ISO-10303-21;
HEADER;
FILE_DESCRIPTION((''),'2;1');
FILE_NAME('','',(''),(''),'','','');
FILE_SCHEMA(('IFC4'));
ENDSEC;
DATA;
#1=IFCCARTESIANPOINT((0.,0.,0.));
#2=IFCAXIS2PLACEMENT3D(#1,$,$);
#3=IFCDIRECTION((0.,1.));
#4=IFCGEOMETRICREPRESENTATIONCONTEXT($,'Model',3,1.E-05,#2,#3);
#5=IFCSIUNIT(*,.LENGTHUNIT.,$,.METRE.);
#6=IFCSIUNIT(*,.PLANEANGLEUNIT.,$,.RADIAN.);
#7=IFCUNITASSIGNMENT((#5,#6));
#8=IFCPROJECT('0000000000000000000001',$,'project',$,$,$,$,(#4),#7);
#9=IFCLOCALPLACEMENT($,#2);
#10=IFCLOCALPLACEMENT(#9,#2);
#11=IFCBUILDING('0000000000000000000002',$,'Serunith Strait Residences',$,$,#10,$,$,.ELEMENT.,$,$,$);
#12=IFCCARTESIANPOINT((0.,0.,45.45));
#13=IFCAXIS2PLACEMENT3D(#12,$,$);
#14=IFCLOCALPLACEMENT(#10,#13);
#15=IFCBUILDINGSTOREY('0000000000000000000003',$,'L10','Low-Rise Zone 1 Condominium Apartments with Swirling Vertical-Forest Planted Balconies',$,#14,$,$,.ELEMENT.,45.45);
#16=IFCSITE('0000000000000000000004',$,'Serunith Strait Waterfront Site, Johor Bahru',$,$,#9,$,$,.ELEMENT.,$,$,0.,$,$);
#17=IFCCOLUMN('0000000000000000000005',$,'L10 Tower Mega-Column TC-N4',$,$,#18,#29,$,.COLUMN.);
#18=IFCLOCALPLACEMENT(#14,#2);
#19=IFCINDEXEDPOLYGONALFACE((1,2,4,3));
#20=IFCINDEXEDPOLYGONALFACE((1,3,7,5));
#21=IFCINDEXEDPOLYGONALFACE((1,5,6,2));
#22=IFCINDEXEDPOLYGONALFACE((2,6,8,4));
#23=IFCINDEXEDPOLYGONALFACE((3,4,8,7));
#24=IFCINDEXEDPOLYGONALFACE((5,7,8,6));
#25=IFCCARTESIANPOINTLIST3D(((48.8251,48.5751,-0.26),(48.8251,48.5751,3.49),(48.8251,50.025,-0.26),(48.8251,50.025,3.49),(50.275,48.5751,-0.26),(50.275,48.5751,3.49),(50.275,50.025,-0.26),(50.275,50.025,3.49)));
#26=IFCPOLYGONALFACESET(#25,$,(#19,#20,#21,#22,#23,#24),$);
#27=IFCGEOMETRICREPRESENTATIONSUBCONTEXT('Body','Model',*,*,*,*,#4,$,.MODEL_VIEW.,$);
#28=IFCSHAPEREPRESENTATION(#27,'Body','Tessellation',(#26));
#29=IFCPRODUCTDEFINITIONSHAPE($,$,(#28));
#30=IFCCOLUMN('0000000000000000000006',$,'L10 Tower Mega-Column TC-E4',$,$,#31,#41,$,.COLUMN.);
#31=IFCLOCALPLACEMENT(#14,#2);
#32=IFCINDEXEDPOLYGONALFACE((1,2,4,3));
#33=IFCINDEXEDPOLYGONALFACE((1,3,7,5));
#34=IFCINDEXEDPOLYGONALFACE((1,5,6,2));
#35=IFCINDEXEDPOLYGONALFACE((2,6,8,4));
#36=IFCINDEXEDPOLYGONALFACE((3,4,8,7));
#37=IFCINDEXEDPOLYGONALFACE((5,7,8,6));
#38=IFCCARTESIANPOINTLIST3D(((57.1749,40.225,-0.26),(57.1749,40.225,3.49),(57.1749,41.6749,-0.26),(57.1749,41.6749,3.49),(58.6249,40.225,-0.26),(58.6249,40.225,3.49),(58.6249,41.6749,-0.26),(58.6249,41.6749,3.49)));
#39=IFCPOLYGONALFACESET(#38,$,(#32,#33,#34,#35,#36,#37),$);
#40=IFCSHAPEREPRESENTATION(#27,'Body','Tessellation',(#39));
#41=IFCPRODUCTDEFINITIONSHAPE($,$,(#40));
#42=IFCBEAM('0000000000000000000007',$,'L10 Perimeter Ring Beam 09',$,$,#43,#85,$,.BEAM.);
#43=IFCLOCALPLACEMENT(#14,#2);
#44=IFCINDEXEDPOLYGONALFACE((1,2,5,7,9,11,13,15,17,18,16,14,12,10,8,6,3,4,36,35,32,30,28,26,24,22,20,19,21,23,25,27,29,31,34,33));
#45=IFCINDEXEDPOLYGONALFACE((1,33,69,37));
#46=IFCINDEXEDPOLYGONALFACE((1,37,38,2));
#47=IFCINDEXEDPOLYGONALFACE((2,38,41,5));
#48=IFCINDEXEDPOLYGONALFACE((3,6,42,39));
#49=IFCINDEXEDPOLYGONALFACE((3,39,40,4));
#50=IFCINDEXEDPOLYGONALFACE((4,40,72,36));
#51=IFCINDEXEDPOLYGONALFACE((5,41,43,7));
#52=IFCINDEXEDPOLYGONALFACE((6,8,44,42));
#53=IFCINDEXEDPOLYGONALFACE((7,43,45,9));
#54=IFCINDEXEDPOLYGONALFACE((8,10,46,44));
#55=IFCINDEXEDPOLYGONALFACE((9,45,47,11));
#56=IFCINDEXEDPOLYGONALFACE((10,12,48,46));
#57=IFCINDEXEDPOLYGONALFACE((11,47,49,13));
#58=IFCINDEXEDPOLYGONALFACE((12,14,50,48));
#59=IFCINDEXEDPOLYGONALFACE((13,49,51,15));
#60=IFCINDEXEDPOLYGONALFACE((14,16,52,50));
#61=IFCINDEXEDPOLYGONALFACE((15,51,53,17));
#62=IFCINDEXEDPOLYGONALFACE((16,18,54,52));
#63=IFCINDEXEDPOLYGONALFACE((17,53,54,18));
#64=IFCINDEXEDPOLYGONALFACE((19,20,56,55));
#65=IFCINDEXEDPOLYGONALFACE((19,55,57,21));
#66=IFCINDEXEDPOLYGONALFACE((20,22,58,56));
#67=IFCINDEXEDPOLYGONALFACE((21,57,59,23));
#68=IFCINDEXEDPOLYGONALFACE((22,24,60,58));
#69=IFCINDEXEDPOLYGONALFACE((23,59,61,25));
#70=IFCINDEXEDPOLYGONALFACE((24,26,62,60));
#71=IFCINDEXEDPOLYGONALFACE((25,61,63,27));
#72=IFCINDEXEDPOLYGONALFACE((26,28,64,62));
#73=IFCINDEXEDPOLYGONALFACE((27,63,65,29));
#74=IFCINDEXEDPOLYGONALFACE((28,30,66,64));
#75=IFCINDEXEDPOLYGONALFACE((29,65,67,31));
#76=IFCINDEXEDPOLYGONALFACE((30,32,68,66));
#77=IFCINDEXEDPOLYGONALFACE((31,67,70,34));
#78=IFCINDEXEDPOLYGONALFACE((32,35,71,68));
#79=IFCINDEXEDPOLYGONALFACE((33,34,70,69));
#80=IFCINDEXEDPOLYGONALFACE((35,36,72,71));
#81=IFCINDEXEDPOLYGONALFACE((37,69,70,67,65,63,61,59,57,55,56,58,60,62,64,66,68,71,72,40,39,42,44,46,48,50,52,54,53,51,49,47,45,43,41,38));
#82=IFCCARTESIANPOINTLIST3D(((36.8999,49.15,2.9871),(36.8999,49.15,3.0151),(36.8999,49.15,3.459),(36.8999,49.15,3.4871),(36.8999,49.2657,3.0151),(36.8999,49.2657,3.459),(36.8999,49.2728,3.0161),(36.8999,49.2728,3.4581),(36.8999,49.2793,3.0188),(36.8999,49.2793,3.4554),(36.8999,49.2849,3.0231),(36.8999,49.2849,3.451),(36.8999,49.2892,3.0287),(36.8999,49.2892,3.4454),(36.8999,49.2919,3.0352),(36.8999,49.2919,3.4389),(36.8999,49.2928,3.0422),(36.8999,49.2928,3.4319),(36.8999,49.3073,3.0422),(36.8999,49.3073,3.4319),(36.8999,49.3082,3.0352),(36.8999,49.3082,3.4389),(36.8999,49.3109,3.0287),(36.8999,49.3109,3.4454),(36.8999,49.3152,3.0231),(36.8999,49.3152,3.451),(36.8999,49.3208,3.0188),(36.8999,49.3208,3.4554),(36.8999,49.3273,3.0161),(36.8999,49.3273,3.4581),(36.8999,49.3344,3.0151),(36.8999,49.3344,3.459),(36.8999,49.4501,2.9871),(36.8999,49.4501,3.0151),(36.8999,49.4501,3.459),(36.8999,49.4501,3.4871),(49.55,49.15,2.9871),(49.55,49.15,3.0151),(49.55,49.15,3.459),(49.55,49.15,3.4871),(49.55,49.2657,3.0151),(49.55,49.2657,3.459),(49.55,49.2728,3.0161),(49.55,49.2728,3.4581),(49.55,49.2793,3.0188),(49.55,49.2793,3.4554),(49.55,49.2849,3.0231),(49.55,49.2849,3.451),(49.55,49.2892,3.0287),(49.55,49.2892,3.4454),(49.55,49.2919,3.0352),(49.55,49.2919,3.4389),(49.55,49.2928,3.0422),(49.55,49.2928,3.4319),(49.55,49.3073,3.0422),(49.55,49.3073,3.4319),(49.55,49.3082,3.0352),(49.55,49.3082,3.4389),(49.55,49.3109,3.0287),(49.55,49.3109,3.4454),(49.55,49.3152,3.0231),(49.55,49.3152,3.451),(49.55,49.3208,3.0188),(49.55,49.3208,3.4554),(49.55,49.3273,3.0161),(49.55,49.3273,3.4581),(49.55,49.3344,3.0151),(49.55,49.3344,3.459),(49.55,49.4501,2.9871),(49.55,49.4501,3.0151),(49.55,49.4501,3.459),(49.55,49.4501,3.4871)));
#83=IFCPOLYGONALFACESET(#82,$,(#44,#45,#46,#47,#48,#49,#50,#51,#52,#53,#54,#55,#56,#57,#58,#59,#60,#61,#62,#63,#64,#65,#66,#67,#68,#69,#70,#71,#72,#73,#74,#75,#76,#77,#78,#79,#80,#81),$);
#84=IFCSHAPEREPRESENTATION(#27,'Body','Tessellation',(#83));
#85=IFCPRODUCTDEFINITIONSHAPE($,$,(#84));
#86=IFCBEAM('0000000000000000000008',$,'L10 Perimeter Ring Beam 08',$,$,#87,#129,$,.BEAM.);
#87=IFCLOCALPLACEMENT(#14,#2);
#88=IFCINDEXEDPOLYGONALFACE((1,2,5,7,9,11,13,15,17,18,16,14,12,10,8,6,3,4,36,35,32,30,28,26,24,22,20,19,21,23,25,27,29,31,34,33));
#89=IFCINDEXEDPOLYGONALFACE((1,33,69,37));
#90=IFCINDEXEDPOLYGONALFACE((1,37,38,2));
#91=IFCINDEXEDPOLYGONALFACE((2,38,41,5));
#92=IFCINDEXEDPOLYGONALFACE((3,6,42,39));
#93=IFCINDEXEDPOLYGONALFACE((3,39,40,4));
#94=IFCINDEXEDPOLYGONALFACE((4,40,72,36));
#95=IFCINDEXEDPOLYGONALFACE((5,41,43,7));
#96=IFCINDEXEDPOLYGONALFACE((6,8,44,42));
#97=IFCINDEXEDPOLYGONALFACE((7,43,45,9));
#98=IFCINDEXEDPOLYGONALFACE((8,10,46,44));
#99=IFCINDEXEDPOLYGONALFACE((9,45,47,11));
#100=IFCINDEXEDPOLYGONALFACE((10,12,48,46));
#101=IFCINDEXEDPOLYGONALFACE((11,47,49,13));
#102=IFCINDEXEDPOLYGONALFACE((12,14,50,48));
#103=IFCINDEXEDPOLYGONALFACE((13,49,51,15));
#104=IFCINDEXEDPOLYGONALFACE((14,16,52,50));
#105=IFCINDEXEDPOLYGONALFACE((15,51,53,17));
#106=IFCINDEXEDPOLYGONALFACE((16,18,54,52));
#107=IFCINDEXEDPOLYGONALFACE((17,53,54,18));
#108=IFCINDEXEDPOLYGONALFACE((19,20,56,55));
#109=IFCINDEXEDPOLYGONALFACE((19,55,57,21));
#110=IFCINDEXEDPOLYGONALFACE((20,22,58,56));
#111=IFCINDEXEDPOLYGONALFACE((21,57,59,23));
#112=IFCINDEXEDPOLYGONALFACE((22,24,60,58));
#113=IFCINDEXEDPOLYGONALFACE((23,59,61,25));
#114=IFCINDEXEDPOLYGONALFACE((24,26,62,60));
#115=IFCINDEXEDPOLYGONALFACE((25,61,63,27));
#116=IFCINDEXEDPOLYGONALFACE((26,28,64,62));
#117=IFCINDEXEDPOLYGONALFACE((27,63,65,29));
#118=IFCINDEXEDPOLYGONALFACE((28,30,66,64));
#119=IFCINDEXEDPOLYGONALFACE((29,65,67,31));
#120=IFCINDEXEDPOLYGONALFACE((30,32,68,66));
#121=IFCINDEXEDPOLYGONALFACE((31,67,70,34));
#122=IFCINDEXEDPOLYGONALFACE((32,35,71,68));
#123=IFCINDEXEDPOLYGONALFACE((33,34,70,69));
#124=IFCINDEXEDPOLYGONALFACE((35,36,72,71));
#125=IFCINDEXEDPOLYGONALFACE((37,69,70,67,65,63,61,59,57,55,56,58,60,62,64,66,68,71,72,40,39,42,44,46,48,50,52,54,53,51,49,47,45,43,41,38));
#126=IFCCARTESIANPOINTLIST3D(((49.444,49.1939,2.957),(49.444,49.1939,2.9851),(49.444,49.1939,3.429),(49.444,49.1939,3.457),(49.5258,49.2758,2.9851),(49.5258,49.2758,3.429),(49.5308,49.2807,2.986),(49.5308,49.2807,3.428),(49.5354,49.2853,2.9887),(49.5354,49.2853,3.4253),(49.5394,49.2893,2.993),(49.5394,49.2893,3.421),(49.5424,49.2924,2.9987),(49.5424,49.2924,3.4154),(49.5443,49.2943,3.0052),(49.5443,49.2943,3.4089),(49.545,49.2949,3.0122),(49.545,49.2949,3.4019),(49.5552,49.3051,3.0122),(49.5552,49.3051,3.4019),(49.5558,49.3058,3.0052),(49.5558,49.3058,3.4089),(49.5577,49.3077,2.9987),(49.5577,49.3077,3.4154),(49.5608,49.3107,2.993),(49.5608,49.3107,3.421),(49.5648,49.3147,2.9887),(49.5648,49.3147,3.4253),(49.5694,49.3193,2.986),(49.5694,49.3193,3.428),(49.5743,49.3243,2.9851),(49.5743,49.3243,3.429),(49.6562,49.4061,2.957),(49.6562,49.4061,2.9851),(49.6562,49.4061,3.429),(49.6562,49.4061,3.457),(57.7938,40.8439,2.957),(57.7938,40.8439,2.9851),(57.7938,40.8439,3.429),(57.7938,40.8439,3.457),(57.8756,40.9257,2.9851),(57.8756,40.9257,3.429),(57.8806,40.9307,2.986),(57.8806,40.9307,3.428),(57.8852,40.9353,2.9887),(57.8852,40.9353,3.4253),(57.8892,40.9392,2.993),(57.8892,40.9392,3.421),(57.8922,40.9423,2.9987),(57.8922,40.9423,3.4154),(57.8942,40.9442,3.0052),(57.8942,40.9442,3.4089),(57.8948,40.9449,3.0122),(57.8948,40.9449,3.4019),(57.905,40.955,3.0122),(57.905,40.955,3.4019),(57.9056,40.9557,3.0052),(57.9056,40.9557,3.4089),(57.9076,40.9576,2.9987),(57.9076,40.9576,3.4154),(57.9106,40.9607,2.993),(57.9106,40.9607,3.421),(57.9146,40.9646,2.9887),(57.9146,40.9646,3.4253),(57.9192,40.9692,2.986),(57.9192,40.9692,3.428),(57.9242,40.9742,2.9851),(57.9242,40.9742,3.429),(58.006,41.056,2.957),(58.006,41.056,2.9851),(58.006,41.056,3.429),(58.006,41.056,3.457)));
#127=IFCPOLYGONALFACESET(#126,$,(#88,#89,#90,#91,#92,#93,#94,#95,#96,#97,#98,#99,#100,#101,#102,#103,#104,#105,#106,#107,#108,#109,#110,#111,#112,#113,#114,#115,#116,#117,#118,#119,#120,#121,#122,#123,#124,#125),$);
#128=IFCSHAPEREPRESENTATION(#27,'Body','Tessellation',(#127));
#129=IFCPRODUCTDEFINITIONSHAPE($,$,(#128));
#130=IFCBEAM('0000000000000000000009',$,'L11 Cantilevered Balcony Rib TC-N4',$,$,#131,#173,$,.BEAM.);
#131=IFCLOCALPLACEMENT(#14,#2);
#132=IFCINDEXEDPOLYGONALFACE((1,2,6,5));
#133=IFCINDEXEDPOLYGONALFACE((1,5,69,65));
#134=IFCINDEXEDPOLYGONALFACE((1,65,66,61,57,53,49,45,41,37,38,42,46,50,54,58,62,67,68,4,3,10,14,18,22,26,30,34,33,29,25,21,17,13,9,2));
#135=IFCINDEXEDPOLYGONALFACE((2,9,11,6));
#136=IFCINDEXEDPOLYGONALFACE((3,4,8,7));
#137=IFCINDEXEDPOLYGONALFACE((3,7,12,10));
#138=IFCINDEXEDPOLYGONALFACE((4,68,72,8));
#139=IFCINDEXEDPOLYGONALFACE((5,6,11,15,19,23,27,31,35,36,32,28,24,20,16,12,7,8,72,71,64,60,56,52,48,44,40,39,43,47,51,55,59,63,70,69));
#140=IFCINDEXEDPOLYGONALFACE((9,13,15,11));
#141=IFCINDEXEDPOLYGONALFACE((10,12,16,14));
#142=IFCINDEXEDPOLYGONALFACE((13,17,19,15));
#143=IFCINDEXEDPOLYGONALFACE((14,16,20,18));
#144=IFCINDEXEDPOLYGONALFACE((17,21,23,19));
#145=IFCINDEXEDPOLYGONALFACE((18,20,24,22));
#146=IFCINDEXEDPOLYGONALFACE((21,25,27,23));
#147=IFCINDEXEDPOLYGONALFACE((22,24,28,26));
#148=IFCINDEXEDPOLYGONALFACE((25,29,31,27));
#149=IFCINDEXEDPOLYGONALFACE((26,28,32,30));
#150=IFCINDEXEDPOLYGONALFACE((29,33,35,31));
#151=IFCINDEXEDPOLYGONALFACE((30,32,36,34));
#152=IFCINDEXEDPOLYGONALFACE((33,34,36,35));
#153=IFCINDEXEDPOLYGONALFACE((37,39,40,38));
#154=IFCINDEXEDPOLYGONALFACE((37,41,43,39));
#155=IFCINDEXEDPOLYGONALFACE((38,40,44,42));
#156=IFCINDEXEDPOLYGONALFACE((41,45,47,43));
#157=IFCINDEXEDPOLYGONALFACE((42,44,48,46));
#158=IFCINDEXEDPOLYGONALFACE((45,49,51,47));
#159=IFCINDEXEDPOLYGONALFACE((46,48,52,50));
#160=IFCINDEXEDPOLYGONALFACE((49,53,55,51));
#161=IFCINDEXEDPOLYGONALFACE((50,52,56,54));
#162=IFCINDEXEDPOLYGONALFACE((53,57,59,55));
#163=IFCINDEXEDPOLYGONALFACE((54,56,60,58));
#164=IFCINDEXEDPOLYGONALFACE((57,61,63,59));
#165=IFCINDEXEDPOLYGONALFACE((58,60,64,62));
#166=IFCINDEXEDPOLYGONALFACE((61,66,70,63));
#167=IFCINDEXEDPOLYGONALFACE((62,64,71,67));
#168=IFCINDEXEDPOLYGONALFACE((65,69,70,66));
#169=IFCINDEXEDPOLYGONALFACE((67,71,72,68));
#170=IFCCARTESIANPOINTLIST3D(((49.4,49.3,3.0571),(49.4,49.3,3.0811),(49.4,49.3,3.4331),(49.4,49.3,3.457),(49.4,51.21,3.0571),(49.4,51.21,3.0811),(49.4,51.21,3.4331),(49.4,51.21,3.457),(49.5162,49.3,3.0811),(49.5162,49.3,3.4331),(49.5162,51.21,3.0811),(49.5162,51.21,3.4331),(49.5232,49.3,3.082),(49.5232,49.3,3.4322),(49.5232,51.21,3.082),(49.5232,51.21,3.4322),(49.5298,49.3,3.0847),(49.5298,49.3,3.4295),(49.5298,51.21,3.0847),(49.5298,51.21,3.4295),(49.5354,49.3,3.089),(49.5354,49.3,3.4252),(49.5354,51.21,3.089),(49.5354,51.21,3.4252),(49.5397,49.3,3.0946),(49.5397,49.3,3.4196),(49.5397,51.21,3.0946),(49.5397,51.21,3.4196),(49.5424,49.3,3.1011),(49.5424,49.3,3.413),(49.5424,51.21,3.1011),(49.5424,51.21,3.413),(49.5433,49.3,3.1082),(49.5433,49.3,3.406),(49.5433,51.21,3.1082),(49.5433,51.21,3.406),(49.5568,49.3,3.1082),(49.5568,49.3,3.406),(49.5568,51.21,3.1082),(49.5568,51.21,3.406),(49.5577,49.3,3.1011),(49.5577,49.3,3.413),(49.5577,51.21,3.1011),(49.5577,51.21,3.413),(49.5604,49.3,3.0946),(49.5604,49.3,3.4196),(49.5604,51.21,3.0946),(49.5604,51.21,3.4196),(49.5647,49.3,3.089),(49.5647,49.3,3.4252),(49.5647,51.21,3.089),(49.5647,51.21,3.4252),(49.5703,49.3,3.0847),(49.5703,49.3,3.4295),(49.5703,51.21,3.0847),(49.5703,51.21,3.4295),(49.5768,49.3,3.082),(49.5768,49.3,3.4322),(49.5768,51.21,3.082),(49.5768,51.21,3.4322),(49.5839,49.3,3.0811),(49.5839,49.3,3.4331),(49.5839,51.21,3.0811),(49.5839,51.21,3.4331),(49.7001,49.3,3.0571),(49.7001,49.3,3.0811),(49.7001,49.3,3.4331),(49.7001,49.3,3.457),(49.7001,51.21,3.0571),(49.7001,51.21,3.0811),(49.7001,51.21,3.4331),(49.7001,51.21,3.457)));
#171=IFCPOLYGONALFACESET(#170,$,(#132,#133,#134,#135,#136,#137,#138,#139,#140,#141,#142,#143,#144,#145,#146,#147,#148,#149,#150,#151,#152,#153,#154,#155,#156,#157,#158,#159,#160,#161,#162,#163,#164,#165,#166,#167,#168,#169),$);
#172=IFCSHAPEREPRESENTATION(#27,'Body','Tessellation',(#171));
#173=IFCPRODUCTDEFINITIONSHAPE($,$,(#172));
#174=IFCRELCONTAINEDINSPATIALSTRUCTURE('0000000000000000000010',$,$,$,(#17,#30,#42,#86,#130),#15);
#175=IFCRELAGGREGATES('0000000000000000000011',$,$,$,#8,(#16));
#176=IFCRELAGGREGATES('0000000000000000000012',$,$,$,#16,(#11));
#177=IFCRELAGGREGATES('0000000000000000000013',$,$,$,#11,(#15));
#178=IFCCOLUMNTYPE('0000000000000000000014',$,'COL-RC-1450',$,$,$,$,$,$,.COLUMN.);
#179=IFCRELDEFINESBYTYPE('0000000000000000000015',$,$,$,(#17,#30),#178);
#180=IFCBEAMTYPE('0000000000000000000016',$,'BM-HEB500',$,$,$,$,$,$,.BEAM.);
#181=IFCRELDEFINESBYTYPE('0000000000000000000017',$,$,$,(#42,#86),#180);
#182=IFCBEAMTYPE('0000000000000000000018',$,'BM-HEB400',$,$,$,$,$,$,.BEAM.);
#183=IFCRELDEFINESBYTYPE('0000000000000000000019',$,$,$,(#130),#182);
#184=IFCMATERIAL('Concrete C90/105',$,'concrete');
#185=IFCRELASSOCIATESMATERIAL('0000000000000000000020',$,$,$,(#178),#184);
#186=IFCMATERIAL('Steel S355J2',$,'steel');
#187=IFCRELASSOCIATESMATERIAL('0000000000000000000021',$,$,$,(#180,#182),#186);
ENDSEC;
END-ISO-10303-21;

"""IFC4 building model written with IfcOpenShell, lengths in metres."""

from ifc_helpers import new_model, si_unit, direction, frame, origin, origin_2d, place, context, subcontext, project, spatial, rectangle, i_section, extrude, source, transform, mapped, material, material_profile, profile_set, type_object, element, save


model = new_model("IFC4")

# Units and contexts
model_context = context("Model", 3, precision=1e-05, world=origin(), true_north=direction((0.0, 1.0)))
body_context = subcontext(model_context, "Body", "Model", "MODEL_VIEW")
ifc_project = project(units=[si_unit("LENGTHUNIT", "METRE"), si_unit("PLANEANGLEUNIT", "RADIAN")], contexts=[model_context])

# Site, building, storey
site_placement = place(None, origin())
site = spatial("IfcSite", under=ifc_project, at=site_placement, Name="Serunith Strait Waterfront Site, Johor Bahru", CompositionType="ELEMENT", RefElevation=0.0)
building_placement = place(site_placement, origin())
building = spatial("IfcBuilding", under=site, at=building_placement, Name="Serunith Strait Residences", CompositionType="ELEMENT")
storey_placement = place(building_placement, frame((0.0, 0.0, 45.45)))
storey = spatial("IfcBuildingStorey", under=building, at=storey_placement, Name="L10", Description="Low-Rise Zone 1 Condominium Apartments with Swirling Vertical-Forest Planted Balconies", CompositionType="ELEMENT", Elevation=45.45)

# Columns
ifc_material_1 = material(Name="Concrete C90/105", Category="concrete")
ifc_material_profile_1 = material_profile(ifc_material_1, rectangle(XDim=1.45, YDim=1.45, at=origin_2d()), Name="RC 1450x1450")
ifc_profile_set_1 = profile_set([ifc_material_profile_1], Name="Concrete C90/105")
column_type = type_object("IfcColumnType", Name="COL-RC-1450", PredefinedType="COLUMN", material=ifc_profile_set_1)
shared_shape_1 = source(origin(), body_context, "Body", "SweptSolid", [
    extrude(rectangle(XDim=1.45, YDim=1.45, at=origin_2d()), origin(), (0.0, 0.0, 1.0), 3.75),
])
for number, where, z_axis, x_axis, name in (
    (1, (49.55, 49.3, -0.26), (0.0, 0.0, 1.0), (1.0, 0.0, 0.0), "L10 Tower Mega-Column TC-N4"),
    (2, (57.8999, 40.95, -0.26), (0.0, 0.0, 1.0), (1.0, 0.0, 0.0), "L10 Tower Mega-Column TC-E4"),
):
    element("IfcColumn", number, at=place(storey_placement, frame(where, z_axis=z_axis, x_axis=x_axis)), inside=storey, type_object=column_type, Name=name, PredefinedType="COLUMN", context=body_context, shape_type="MappedRepresentation", body=[
        mapped(shared_shape_1, transform((0.0, 0.0, 0.0), scale=1.0)),
    ])

# Beams
ifc_material_2 = material(Name="Steel S355J2", Category="steel")
ifc_material_profile_2 = material_profile(ifc_material_2, i_section(OverallWidth=0.3, OverallDepth=0.5, WebThickness=0.0144, FlangeThickness=0.0281, FilletRadius=0.0271, at=origin_2d()), Name="HEB 500")
ifc_profile_set_2 = profile_set([ifc_material_profile_2], Name="Steel S355J2")
beam_type_1 = type_object("IfcBeamType", Name="BM-HEB500", PredefinedType="BEAM", material=ifc_profile_set_2)
shared_shape_2 = source(origin(), body_context, "Body", "SweptSolid", [
    extrude(i_section(OverallWidth=0.3, OverallDepth=0.5, WebThickness=0.0144, FlangeThickness=0.0281, FilletRadius=0.0271, at=origin_2d()), origin(), (0.0, 0.0, 1.0), 12.6501),
])
beam_1_placement = place(storey_placement, frame((49.55, 49.3, 3.2371), z_axis=(-1.0, 0.0, 0.0), x_axis=(0.0, -1.0, 0.0)))
element("IfcBeam", 3, at=beam_1_placement, inside=storey, type_object=beam_type_1, Name="L10 Perimeter Ring Beam 09", PredefinedType="BEAM", context=body_context, shape_type="MappedRepresentation", body=[
    mapped(shared_shape_2, transform((0.0, 0.0, 0.0), scale=1.0)),
])
shared_shape_3 = source(origin(), body_context, "Body", "SweptSolid", [
    extrude(i_section(OverallWidth=0.3, OverallDepth=0.5, WebThickness=0.0144, FlangeThickness=0.0281, FilletRadius=0.0271, at=origin_2d()), origin(), (0.0, 0.0, 1.0), 11.8086),
])
beam_2_placement = place(storey_placement, frame((57.8999, 40.95, 3.207), z_axis=(-0.707096, 0.707117, 0.0), x_axis=(-0.707117, -0.707096, 0.0)))
element("IfcBeam", 4, at=beam_2_placement, inside=storey, type_object=beam_type_1, Name="L10 Perimeter Ring Beam 08", PredefinedType="BEAM", context=body_context, shape_type="MappedRepresentation", body=[
    mapped(shared_shape_3, transform((0.0, 0.0, 0.0), scale=1.0)),
])
ifc_material_profile_3 = material_profile(ifc_material_2, i_section(OverallWidth=0.3, OverallDepth=0.3999, WebThickness=0.0134, FlangeThickness=0.0239, FilletRadius=0.0271, at=origin_2d()), Name="HEB 400")
ifc_profile_set_3 = profile_set([ifc_material_profile_3], Name="Steel S355J2")
beam_type_2 = type_object("IfcBeamType", Name="BM-HEB400", PredefinedType="BEAM", material=ifc_profile_set_3)
shared_shape_4 = source(origin(), body_context, "Body", "SweptSolid", [
    extrude(i_section(OverallWidth=0.3, OverallDepth=0.3999, WebThickness=0.0134, FlangeThickness=0.0239, FilletRadius=0.0271, at=origin_2d()), origin(), (0.0, 0.0, 1.0), 1.9099),
])
beam_3_placement = place(storey_placement, frame((49.55, 49.3, 3.2571), z_axis=(0.0, 1.0, 0.0), x_axis=(-1.0, 0.0, 0.0)))
element("IfcBeam", 5, at=beam_3_placement, inside=storey, type_object=beam_type_2, Name="L11 Cantilevered Balcony Rib TC-N4", PredefinedType="BEAM", context=body_context, shape_type="MappedRepresentation", body=[
    mapped(shared_shape_4, transform((0.0, 0.0, 0.0), scale=1.0)),
])

save(model, "model.ifc")
